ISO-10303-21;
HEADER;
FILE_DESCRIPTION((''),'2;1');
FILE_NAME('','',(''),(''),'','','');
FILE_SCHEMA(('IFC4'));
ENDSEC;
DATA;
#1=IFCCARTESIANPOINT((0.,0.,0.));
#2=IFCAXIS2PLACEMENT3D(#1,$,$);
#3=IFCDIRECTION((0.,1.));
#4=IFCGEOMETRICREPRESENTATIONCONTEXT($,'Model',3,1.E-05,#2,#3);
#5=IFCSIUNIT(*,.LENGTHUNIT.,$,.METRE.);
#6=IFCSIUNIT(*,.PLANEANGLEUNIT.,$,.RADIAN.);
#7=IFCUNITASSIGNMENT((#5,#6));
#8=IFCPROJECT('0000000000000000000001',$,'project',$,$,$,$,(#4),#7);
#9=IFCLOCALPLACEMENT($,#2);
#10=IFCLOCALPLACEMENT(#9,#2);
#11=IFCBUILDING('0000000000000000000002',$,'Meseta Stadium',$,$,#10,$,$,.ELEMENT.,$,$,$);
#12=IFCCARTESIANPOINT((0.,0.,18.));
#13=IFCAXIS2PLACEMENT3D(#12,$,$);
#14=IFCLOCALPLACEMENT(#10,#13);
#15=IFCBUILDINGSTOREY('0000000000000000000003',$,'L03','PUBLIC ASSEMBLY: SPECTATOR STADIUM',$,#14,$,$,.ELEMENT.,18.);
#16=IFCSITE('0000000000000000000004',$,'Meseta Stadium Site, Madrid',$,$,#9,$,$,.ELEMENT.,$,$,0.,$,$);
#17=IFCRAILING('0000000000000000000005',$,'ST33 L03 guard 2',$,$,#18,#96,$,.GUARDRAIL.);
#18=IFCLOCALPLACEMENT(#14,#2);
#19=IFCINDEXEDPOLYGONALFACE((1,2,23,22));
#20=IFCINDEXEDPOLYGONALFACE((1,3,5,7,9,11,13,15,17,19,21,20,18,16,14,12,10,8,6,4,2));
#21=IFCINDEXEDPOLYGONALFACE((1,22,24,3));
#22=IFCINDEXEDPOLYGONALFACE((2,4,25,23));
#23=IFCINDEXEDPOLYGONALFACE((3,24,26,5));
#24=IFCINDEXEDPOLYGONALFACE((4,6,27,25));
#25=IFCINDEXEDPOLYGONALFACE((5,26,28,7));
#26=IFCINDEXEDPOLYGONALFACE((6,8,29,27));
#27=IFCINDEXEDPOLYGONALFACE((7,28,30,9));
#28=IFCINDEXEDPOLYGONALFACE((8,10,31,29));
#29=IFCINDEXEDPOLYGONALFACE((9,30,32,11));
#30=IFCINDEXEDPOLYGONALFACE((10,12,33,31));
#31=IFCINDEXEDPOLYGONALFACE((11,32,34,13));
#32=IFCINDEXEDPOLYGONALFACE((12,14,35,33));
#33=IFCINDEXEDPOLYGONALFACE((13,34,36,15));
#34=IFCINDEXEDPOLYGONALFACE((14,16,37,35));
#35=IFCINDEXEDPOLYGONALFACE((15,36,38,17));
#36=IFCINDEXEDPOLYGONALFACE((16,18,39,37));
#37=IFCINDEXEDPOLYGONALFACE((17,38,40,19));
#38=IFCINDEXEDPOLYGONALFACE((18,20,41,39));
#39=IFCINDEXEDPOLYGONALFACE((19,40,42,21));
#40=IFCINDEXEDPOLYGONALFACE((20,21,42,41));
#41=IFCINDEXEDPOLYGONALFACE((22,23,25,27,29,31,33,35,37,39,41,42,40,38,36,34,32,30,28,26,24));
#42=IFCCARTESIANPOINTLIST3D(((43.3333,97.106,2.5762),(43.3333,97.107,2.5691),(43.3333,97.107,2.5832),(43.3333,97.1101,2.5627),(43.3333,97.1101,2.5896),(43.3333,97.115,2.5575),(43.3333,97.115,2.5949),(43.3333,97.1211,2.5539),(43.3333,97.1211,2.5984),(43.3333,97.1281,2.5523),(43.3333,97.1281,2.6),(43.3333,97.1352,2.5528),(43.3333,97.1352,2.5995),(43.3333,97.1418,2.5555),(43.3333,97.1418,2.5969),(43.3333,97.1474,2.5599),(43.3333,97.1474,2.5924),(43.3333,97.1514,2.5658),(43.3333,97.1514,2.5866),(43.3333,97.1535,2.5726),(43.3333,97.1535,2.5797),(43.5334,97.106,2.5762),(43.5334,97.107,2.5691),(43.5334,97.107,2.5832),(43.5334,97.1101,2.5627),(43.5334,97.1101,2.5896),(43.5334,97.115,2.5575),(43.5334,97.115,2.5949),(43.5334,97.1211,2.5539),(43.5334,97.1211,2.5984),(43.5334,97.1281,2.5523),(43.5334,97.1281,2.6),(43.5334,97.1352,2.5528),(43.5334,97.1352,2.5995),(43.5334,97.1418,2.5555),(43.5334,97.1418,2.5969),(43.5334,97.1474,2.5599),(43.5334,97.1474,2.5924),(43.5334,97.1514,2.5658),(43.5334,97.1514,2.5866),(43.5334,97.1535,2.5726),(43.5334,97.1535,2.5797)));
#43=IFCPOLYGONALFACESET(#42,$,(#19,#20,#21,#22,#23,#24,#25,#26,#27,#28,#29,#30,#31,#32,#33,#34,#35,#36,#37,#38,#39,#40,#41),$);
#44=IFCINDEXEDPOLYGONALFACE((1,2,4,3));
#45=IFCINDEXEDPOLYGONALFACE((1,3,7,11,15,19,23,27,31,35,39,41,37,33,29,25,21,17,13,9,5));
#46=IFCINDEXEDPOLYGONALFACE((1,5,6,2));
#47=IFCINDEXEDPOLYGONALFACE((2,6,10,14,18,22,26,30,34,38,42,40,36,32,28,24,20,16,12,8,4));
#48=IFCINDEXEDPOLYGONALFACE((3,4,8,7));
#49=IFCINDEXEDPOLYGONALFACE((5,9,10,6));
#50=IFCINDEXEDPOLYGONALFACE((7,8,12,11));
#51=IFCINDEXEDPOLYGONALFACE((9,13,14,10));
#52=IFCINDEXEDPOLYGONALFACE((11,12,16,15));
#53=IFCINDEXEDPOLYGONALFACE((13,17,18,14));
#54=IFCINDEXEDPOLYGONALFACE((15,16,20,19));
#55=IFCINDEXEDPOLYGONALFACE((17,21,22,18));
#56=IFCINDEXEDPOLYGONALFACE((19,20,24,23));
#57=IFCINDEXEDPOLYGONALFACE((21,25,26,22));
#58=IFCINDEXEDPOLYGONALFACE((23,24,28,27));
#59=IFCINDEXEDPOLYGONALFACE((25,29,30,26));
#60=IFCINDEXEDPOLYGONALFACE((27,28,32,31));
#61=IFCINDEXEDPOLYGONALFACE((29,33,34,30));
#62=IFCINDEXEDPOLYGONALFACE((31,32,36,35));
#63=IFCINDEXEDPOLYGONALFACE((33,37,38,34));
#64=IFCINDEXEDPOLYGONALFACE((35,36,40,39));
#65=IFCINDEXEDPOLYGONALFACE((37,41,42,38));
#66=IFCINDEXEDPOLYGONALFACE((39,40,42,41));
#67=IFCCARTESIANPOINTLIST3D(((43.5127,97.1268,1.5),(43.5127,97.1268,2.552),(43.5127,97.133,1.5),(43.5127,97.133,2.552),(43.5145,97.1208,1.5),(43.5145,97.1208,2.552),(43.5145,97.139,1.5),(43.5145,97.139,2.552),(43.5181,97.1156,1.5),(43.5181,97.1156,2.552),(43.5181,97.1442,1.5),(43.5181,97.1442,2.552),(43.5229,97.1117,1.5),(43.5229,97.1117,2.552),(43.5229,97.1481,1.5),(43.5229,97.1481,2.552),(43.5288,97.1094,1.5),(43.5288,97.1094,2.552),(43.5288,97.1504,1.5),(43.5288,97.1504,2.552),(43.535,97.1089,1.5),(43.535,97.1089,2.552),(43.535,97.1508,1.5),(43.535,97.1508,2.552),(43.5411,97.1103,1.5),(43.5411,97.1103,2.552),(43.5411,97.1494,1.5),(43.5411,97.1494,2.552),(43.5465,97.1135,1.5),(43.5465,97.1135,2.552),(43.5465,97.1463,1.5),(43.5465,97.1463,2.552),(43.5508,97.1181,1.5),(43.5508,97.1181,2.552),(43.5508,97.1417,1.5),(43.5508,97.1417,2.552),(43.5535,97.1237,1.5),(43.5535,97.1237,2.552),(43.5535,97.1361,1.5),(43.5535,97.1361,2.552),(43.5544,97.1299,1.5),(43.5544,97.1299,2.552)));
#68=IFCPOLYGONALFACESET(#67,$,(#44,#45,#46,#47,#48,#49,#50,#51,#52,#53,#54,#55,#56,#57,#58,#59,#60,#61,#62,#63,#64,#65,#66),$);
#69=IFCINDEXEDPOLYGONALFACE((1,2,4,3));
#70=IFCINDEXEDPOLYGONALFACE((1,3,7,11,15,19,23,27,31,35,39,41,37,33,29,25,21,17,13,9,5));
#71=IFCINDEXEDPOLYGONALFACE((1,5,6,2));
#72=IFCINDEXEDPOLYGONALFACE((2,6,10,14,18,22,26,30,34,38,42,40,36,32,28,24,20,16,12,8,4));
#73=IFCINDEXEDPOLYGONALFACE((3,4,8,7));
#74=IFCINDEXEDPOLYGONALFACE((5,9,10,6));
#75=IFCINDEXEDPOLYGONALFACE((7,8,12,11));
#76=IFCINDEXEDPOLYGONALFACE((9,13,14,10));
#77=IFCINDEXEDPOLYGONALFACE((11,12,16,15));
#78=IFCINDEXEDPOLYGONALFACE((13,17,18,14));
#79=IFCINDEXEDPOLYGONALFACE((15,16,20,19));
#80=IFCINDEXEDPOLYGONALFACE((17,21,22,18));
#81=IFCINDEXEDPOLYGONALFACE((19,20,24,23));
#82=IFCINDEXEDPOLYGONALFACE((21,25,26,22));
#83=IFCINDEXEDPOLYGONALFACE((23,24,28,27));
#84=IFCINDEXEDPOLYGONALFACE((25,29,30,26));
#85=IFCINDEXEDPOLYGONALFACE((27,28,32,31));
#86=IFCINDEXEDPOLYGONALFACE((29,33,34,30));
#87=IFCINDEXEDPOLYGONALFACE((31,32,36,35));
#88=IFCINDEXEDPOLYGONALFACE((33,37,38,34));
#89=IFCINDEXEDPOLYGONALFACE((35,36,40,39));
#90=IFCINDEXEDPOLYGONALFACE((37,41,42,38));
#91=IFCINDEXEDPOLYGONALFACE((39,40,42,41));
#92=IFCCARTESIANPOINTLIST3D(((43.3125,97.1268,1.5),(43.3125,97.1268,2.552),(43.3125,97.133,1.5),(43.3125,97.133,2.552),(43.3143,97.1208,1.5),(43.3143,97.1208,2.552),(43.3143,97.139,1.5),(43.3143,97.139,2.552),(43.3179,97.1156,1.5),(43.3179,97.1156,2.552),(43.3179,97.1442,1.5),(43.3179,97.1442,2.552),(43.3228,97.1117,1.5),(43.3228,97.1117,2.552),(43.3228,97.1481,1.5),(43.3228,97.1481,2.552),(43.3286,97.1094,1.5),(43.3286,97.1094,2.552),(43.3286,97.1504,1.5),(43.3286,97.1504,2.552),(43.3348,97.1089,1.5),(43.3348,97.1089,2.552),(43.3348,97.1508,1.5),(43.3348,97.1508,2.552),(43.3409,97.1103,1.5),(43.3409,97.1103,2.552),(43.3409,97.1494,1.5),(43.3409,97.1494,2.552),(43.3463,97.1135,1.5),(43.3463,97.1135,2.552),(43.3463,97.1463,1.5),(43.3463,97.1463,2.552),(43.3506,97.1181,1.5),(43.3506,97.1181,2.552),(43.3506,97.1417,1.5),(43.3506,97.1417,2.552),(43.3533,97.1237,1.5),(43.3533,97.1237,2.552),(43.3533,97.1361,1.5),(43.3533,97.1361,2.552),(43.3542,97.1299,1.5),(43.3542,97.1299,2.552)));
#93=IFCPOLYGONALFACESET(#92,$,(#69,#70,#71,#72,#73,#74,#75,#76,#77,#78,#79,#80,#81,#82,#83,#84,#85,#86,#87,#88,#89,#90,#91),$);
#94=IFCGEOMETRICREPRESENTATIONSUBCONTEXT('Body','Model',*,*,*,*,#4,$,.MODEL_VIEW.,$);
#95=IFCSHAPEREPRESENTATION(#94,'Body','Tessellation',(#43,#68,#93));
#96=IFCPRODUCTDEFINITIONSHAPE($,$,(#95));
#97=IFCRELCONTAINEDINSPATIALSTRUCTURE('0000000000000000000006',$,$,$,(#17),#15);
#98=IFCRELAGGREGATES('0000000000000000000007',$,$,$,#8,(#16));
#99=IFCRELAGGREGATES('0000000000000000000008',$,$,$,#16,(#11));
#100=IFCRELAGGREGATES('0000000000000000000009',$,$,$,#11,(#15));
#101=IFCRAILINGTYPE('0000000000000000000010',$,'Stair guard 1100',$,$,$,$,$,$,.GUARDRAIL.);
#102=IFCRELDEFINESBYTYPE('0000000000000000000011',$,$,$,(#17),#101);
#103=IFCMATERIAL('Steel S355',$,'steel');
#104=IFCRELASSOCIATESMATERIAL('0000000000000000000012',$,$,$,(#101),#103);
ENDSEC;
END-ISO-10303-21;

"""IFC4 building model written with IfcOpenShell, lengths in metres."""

from ifc_helpers import new_model, si_unit, direction, frame, origin, origin_2d, place, context, subcontext, project, spatial, circle, extrude, material, type_object, element, save


model = new_model("IFC4")

# Units and contexts
model_context = context("Model", 3, precision=1e-05, world=origin(), true_north=direction((0.0, 1.0)))
body_context = subcontext(model_context, "Body", "Model", "MODEL_VIEW")
ifc_project = project(units=[si_unit("LENGTHUNIT", "METRE"), si_unit("PLANEANGLEUNIT", "RADIAN")], contexts=[model_context])

# Site, building, storey
site_placement = place(None, origin())
site = spatial("IfcSite", under=ifc_project, at=site_placement, Name="Meseta Stadium Site, Madrid", CompositionType="ELEMENT", RefElevation=0.0)
building_placement = place(site_placement, origin())
building = spatial("IfcBuilding", under=site, at=building_placement, Name="Meseta Stadium", CompositionType="ELEMENT")
storey_placement = place(building_placement, frame((0.0, 0.0, 18.0)))
storey = spatial("IfcBuildingStorey", under=building, at=storey_placement, Name="L03", Description="PUBLIC ASSEMBLY: SPECTATOR STADIUM", CompositionType="ELEMENT", Elevation=18.0)

# Railing
ifc_material_1 = material(Name="Steel S355", Category="steel")
railing_type_1 = type_object("IfcRailingType", Name="Stair guard 1100", PredefinedType="GUARDRAIL", material=ifc_material_1)
railing_1_placement = place(storey_placement, frame((43.5334, 97.1299, 1.5)))
element("IfcRailing", 1, at=railing_1_placement, inside=storey, type_object=railing_type_1, Name="ST33 L03 guard 2", PredefinedType="GUARDRAIL", context=body_context, shape_type="SweptSolid", body=[
    extrude(circle(Radius=0.0239, at=origin_2d()), frame((0.0, 0.0, 1.0762), z_axis=(-1.0, 0.0, 0.0), x_axis=(0.0, -1.0, 0.0)), (0.0, 0.0, 1.0), 0.2002),
    extrude(circle(Radius=0.021, at=origin_2d()), origin(), (0.0, 0.0, 1.0), 1.052),
    extrude(circle(Radius=0.021, at=origin_2d()), frame((-0.2002, 0.0, 0.0)), (0.0, 0.0, 1.0), 1.052),
])

save(model, "model.ifc")
